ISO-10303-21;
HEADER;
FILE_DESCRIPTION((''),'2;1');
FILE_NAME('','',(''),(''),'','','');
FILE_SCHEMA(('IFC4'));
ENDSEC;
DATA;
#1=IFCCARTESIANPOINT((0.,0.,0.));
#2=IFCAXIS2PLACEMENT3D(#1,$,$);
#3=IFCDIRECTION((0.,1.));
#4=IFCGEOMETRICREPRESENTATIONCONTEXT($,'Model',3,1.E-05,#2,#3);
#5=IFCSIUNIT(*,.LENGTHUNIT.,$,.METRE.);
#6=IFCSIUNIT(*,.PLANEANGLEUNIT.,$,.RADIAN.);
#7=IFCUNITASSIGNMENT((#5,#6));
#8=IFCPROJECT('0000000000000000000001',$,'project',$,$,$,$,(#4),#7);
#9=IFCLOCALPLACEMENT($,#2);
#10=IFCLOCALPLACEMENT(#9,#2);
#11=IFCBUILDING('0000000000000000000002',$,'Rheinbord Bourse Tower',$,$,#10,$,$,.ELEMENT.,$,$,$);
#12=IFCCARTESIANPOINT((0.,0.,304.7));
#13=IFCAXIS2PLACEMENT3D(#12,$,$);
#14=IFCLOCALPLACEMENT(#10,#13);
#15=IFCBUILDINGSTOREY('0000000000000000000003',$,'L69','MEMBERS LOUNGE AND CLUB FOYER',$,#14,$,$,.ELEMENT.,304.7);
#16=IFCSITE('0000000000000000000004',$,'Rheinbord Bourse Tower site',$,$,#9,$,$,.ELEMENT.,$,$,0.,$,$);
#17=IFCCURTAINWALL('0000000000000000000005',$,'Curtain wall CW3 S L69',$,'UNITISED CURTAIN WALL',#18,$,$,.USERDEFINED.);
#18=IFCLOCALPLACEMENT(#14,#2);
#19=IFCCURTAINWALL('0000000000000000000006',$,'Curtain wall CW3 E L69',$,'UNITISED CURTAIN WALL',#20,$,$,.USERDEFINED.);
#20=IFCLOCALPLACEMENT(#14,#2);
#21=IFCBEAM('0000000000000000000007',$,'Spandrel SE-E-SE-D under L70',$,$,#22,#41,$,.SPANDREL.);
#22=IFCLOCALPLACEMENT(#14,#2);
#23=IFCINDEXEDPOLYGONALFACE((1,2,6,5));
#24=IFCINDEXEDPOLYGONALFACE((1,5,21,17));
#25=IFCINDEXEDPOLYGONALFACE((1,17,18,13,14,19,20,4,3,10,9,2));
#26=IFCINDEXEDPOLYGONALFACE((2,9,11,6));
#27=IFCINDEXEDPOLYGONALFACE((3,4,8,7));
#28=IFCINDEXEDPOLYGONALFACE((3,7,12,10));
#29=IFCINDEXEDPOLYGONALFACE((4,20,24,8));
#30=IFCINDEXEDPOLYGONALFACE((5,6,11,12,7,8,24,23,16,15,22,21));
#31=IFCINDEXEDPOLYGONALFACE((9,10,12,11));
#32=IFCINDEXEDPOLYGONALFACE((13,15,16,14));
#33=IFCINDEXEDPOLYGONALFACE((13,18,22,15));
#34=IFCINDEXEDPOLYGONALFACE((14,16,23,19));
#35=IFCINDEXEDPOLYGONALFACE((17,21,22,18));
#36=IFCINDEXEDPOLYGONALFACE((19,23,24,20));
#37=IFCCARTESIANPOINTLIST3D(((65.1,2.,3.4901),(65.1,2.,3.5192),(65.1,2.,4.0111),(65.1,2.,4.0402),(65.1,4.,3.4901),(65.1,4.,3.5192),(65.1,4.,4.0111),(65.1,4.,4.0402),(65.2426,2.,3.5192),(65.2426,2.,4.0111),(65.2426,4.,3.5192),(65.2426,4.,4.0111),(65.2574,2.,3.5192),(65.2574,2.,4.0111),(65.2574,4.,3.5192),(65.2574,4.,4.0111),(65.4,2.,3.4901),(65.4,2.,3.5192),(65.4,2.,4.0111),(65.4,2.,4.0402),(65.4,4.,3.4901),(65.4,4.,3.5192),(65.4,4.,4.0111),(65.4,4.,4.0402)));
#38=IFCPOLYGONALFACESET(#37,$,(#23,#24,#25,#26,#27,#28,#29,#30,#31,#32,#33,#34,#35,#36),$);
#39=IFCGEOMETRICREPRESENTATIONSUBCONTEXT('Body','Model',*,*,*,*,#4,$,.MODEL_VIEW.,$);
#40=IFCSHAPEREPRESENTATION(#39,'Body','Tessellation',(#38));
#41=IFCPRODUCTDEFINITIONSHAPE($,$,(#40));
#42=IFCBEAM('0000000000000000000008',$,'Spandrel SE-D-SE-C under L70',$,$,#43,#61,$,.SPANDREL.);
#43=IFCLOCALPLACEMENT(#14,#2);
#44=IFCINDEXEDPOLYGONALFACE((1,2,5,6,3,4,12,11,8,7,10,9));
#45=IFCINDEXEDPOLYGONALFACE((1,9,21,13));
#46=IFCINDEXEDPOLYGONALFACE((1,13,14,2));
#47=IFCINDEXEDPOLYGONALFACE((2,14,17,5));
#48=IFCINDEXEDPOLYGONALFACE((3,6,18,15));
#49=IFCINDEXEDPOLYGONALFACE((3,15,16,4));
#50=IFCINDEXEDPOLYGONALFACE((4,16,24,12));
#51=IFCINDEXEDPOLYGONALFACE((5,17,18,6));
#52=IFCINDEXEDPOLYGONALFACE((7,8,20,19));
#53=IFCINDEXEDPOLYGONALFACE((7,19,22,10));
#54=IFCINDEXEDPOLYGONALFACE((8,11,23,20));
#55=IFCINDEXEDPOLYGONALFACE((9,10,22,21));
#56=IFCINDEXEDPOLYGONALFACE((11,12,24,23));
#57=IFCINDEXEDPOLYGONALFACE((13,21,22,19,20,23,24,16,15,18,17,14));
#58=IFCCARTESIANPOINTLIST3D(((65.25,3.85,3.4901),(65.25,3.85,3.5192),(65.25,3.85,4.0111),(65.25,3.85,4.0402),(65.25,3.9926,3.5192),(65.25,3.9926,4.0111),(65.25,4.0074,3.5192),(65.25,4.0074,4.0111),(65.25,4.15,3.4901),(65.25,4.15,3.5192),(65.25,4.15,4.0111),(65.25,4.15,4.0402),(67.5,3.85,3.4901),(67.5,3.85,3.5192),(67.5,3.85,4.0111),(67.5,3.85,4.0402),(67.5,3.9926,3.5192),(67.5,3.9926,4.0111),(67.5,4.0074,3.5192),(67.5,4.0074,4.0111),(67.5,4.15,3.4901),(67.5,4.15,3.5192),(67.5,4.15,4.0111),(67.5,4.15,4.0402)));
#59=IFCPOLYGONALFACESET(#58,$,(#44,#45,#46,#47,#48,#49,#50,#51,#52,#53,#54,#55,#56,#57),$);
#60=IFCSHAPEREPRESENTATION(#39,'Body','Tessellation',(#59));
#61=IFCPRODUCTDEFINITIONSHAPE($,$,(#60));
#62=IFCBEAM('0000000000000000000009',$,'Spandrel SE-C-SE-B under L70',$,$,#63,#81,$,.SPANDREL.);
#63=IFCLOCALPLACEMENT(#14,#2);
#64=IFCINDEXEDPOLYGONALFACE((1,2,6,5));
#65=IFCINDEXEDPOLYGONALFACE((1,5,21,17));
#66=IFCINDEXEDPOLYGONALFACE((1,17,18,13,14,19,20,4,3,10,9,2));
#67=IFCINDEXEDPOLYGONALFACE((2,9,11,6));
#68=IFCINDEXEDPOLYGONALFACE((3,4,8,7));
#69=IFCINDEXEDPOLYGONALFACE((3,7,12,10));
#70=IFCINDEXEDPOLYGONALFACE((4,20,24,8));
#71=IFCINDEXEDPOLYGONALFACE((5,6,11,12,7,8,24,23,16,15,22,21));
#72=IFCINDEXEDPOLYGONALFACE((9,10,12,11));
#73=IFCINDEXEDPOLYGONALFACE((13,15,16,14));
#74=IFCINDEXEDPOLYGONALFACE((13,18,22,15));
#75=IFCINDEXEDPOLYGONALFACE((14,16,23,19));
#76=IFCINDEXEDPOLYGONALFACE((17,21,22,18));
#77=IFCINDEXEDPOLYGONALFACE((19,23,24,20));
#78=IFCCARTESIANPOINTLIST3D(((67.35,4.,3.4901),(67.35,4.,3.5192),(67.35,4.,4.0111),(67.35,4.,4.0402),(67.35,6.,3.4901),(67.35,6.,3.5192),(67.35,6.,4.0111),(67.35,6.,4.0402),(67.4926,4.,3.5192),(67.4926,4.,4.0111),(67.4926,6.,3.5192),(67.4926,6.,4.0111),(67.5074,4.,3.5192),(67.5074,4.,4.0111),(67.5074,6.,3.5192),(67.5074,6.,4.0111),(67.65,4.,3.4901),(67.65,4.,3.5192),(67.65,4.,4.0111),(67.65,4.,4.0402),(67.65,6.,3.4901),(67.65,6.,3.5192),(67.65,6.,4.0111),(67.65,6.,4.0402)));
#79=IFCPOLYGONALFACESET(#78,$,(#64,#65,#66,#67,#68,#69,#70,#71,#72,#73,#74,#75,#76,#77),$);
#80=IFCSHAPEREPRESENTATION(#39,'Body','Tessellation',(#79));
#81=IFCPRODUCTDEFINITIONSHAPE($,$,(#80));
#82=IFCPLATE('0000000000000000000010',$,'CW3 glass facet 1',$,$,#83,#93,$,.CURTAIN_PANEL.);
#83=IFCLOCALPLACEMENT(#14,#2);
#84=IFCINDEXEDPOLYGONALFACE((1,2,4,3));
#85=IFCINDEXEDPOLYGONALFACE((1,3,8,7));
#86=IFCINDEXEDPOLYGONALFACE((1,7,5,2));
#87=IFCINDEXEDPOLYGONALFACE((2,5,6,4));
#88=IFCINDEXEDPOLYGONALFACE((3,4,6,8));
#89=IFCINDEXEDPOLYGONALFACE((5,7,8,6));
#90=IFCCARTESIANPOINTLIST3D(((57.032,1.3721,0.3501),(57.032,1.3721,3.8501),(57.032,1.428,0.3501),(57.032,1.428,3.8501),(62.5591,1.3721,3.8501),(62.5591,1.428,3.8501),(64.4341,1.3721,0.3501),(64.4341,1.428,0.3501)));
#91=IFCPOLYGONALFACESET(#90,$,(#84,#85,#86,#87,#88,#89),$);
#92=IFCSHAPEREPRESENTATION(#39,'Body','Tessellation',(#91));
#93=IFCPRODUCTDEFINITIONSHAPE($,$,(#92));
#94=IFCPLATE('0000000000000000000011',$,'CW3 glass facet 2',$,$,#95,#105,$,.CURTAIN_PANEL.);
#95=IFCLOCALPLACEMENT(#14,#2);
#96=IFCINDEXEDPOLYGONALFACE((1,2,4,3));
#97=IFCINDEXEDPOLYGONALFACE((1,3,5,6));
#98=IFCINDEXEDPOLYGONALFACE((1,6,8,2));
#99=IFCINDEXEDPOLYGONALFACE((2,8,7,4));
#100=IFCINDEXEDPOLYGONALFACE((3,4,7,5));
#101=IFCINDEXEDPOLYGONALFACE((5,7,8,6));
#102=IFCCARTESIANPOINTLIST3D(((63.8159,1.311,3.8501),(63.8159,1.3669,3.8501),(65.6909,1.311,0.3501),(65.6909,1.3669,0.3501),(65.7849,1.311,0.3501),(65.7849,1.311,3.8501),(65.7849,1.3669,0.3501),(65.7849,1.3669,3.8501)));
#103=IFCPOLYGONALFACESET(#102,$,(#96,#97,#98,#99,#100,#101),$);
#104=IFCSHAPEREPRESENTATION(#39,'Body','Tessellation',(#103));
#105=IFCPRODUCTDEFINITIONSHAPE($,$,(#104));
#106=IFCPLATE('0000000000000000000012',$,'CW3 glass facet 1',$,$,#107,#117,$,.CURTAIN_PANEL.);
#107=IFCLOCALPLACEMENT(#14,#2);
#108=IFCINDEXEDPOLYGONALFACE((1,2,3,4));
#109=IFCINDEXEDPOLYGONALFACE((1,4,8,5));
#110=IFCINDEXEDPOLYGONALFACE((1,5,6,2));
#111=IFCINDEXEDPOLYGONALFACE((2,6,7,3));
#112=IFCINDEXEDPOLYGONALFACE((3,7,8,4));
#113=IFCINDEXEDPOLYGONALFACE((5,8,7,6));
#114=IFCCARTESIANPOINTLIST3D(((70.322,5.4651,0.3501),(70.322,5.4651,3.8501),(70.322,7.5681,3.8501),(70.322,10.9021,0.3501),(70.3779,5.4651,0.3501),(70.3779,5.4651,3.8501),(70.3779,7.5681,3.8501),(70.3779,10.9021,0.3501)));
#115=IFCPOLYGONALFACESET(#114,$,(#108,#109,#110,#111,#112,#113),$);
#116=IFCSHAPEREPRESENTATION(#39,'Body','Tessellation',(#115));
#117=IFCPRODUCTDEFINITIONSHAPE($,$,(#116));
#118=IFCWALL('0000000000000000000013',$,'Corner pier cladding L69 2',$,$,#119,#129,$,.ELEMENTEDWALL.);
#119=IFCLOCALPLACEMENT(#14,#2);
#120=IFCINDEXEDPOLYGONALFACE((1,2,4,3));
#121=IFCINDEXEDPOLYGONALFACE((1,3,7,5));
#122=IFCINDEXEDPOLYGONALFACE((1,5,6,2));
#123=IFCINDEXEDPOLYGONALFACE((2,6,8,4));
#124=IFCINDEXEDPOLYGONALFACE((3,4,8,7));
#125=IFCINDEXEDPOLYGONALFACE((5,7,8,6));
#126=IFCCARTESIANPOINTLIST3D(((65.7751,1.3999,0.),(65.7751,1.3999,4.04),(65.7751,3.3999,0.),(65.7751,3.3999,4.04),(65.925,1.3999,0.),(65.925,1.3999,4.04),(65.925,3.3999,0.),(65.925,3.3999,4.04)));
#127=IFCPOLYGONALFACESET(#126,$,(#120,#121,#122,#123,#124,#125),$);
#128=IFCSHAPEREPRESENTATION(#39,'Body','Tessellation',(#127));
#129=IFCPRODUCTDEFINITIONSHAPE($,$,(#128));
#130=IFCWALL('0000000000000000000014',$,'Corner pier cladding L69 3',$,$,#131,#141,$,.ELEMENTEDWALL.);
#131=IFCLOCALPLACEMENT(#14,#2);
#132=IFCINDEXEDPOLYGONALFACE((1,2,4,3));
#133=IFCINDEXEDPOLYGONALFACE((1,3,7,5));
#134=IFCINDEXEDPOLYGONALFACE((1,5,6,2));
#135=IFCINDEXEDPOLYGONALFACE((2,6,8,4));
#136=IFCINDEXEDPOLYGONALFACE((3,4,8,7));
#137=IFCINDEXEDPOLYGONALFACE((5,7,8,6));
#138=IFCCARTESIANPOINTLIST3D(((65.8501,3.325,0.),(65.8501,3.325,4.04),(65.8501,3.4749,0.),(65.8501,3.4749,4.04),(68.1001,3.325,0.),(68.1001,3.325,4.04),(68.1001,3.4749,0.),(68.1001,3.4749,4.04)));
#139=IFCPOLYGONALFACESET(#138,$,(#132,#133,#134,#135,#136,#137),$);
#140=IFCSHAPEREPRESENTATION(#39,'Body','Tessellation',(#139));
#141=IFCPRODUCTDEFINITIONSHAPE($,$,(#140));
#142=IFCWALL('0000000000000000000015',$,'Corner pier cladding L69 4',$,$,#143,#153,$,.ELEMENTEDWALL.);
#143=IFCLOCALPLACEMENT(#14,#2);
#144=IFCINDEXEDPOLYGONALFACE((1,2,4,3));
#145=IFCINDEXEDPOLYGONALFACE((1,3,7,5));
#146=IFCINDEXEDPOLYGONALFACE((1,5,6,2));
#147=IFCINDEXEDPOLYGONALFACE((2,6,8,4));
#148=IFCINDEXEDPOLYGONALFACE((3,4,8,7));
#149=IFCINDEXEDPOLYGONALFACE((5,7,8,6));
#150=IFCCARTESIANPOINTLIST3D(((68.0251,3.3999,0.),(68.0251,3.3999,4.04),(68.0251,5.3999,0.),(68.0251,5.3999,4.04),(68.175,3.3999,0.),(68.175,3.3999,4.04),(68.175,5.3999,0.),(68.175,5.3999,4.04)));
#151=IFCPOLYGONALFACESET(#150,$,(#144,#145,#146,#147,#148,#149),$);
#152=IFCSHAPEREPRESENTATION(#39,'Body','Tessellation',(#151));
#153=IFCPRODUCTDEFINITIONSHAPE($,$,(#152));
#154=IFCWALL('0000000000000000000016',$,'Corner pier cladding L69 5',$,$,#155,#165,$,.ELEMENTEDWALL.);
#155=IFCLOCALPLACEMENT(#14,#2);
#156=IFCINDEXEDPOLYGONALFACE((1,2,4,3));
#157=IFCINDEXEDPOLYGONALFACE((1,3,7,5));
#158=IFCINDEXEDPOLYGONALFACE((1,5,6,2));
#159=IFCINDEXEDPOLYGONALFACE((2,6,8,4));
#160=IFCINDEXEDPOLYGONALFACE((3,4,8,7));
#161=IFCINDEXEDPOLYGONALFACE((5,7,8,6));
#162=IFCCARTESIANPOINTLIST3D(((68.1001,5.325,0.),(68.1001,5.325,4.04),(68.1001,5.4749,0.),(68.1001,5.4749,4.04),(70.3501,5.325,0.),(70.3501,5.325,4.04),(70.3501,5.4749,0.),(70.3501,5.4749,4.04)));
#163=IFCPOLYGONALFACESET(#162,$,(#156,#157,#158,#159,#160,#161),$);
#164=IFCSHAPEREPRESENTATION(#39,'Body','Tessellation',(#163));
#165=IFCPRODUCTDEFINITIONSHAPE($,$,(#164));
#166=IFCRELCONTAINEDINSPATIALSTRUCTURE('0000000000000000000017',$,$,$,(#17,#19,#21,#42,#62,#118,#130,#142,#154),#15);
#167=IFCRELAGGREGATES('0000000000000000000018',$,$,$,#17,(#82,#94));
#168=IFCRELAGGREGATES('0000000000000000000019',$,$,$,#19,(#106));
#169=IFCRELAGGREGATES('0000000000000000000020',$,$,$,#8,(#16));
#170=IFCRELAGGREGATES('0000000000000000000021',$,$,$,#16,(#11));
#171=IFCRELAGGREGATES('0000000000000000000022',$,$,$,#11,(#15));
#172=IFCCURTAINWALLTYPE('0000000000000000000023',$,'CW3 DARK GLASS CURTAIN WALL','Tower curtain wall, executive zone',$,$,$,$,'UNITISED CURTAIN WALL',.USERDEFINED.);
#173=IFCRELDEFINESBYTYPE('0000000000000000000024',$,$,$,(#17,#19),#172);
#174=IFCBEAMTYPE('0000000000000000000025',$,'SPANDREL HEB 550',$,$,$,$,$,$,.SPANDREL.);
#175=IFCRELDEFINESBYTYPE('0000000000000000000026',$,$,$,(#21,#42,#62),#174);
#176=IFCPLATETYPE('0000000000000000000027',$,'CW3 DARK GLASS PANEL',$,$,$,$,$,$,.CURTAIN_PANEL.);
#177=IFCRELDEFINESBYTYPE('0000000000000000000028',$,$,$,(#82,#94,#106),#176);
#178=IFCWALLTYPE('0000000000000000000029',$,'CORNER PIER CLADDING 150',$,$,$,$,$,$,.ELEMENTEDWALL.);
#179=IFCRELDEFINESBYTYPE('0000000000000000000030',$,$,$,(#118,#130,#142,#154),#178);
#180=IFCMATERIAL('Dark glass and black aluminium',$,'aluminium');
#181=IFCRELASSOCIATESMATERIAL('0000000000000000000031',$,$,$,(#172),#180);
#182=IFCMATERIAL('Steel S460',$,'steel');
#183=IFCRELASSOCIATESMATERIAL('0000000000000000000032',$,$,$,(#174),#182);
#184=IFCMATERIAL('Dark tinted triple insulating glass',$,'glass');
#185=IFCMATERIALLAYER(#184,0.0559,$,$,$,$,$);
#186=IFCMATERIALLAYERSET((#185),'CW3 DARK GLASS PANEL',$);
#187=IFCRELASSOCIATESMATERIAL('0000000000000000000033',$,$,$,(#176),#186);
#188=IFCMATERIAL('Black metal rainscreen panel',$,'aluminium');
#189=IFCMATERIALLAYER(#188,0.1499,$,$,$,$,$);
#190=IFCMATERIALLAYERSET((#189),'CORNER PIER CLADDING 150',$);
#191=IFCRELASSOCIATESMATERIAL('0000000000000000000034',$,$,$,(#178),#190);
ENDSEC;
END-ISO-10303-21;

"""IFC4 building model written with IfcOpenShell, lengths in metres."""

from ifc_helpers import new_model, si_unit, direction, frame, frame_2d, origin, origin_2d, place, context, subcontext, project, spatial, polyline, rectangle, i_section, outline, extrude, material, layer, layer_set, material_profile, profile_set, type_object, element, aggregate, save


model = new_model("IFC4")

# Units and contexts
model_context = context("Model", 3, precision=1e-05, world=origin(), true_north=direction((0.0, 1.0)))
body_context = subcontext(model_context, "Body", "Model", "MODEL_VIEW")
ifc_project = project(units=[si_unit("LENGTHUNIT", "METRE"), si_unit("PLANEANGLEUNIT", "RADIAN")], contexts=[model_context])

# Site, building, storey
site_placement = place(None, origin())
site = spatial("IfcSite", under=ifc_project, at=site_placement, Name="Rheinbord Bourse Tower site", CompositionType="ELEMENT", RefElevation=0.0)
building_placement = place(site_placement, origin())
building = spatial("IfcBuilding", under=site, at=building_placement, Name="Rheinbord Bourse Tower", CompositionType="ELEMENT")
storey_placement = place(building_placement, frame((0.0, 0.0, 304.7)))
storey = spatial("IfcBuildingStorey", under=building, at=storey_placement, Name="L69", Description="MEMBERS LOUNGE AND CLUB FOYER", CompositionType="ELEMENT", Elevation=304.7)

# Curtain wall
ifc_material_1 = material(Name="Dark glass and black aluminium", Category="aluminium")
curtain_wall_type = type_object("IfcCurtainWallType", Name="CW3 DARK GLASS CURTAIN WALL", Description="Tower curtain wall, executive zone", ElementType="UNITISED CURTAIN WALL", PredefinedType="USERDEFINED", material=ifc_material_1)
curtain_wall_1_placement = place(storey_placement, origin())
curtain_wall_1 = element("IfcCurtainWall", 1, at=curtain_wall_1_placement, inside=storey, type_object=curtain_wall_type, Name="Curtain wall CW3 S L69", ObjectType="UNITISED CURTAIN WALL", PredefinedType="USERDEFINED")

# Curtain wall
curtain_wall_2_placement = place(storey_placement, origin())
curtain_wall_2 = element("IfcCurtainWall", 2, at=curtain_wall_2_placement, inside=storey, type_object=curtain_wall_type, Name="Curtain wall CW3 E L69", ObjectType="UNITISED CURTAIN WALL", PredefinedType="USERDEFINED")

# Beams
ifc_material_2 = material(Name="Steel S460", Category="steel")
ifc_material_profile_1 = material_profile(ifc_material_2, i_section(OverallWidth=0.3, OverallDepth=0.55, WebThickness=0.0149, FlangeThickness=0.0291, at=origin_2d()), Name="HEB 550")
ifc_profile_set_1 = profile_set([ifc_material_profile_1], Name="Steel S460")
beam_type_1 = type_object("IfcBeamType", Name="SPANDREL HEB 550", PredefinedType="SPANDREL", material=ifc_profile_set_1)
beam_1_placement = place(storey_placement, frame((65.25, 2.0, 3.7651), z_axis=(0.0, 1.0, 0.0), x_axis=(-1.0, 0.0, 0.0)))
element("IfcBeam", 3, at=beam_1_placement, inside=storey, type_object=beam_type_1, Name="Spandrel SE-E-SE-D under L70", PredefinedType="SPANDREL", context=body_context, shape_type="SweptSolid", body=[
    extrude(i_section(OverallWidth=0.3, OverallDepth=0.55, WebThickness=0.0149, FlangeThickness=0.0291, at=origin_2d()), origin(), (0.0, 0.0, 1.0), 2.0),
])
beam_2_placement = place(storey_placement, frame((65.25, 4.0, 3.7651), z_axis=(1.0, 0.0, 0.0), x_axis=(0.0, 1.0, 0.0)))
element("IfcBeam", 4, at=beam_2_placement, inside=storey, type_object=beam_type_1, Name="Spandrel SE-D-SE-C under L70", PredefinedType="SPANDREL", context=body_context, shape_type="SweptSolid", body=[
    extrude(i_section(OverallWidth=0.3, OverallDepth=0.55, WebThickness=0.0149, FlangeThickness=0.0291, at=origin_2d()), origin(), (0.0, 0.0, 1.0), 2.25),
])
beam_3_placement = place(storey_placement, frame((67.5, 4.0, 3.7651), z_axis=(0.0, 1.0, 0.0), x_axis=(-1.0, 0.0, 0.0)))
element("IfcBeam", 5, at=beam_3_placement, inside=storey, type_object=beam_type_1, Name="Spandrel SE-C-SE-B under L70", PredefinedType="SPANDREL", context=body_context, shape_type="SweptSolid", body=[
    extrude(i_section(OverallWidth=0.3, OverallDepth=0.55, WebThickness=0.0149, FlangeThickness=0.0291, at=origin_2d()), origin(), (0.0, 0.0, 1.0), 2.0),
])

# Plates
ifc_material_3 = material(Name="Dark tinted triple insulating glass", Category="glass")
ifc_layer_1 = layer(ifc_material_3, 0.0559)
ifc_layer_set_1 = layer_set([ifc_layer_1], Name="CW3 DARK GLASS PANEL")
plate_type = type_object("IfcPlateType", Name="CW3 DARK GLASS PANEL", PredefinedType="CURTAIN_PANEL", material=ifc_layer_set_1)
plate_1_placement = place(storey_placement, frame((57.032, 1.3721, 0.3501), z_axis=(0.0, 1.0, 0.0), x_axis=(0.0, 0.0, 1.0)))
plate_1 = element("IfcPlate", 6, at=plate_1_placement, type_object=plate_type, Name="CW3 glass facet 1", PredefinedType="CURTAIN_PANEL", context=body_context, shape_type="SweptSolid", body=[
    extrude(outline(polyline([(0.0, 0.0), (3.5, 0.0), (3.5, 5.5271), (0.0, 7.4021), (0.0, 0.0)])), origin(), (0.0, 0.0, 1.0), 0.0559),
])
plate_2_placement = place(storey_placement, frame((65.7849, 1.311, 3.8501), z_axis=(0.0, 1.0, 0.0), x_axis=(0.0, 0.0, -1.0)))
plate_2 = element("IfcPlate", 7, at=plate_2_placement, type_object=plate_type, Name="CW3 glass facet 2", PredefinedType="CURTAIN_PANEL", context=body_context, shape_type="SweptSolid", body=[
    extrude(outline(polyline([(0.0, 0.0), (3.5, 0.0), (3.5, 0.094), (0.0, 1.969), (0.0, 0.0)])), origin(), (0.0, 0.0, 1.0), 0.0559),
])
aggregate(curtain_wall_1, [plate_1, plate_2])
plate_3_placement = place(storey_placement, frame((70.3779, 5.4651, 0.3501), z_axis=(-1.0, 0.0, 0.0), x_axis=(0.0, 0.0, 1.0)))
plate_3 = element("IfcPlate", 8, at=plate_3_placement, type_object=plate_type, Name="CW3 glass facet 1", PredefinedType="CURTAIN_PANEL", context=body_context, shape_type="SweptSolid", body=[
    extrude(outline(polyline([(0.0, 0.0), (3.5, 0.0), (3.5, 2.103), (0.0, 5.437), (0.0, 0.0)])), origin(), (0.0, 0.0, 1.0), 0.0559),
])
aggregate(curtain_wall_2, [plate_3])

# Walls
ifc_material_4 = material(Name="Black metal rainscreen panel", Category="aluminium")
ifc_layer_2 = layer(ifc_material_4, 0.1499)
ifc_layer_set_2 = layer_set([ifc_layer_2], Name="CORNER PIER CLADDING 150")
wall_type = type_object("IfcWallType", Name="CORNER PIER CLADDING 150", PredefinedType="ELEMENTEDWALL", material=ifc_layer_set_2)
wall_1_placement = place(storey_placement, frame((65.8501, 1.3999, 0.0), z_axis=(0.0, 0.0, 1.0), x_axis=(0.0, 1.0, 0.0)))
element("IfcWall", 9, at=wall_1_placement, inside=storey, type_object=wall_type, Name="Corner pier cladding L69 2", PredefinedType="ELEMENTEDWALL", context=body_context, shape_type="SweptSolid", body=[
    extrude(rectangle(XDim=2.0, YDim=0.1499, at=frame_2d((1.0, 0.0))), origin(), (0.0, 0.0, 1.0), 4.04),
])
wall_2_placement = place(storey_placement, frame((65.8501, 3.3999, 0.0), z_axis=(0.0, 0.0, 1.0), x_axis=(1.0, 0.0, 0.0)))
element("IfcWall", 10, at=wall_2_placement, inside=storey, type_object=wall_type, Name="Corner pier cladding L69 3", PredefinedType="ELEMENTEDWALL", context=body_context, shape_type="SweptSolid", body=[
    extrude(rectangle(XDim=2.25, YDim=0.1499, at=frame_2d((1.125, 0.0))), origin(), (0.0, 0.0, 1.0), 4.04),
])
wall_3_placement = place(storey_placement, frame((68.1001, 3.3999, 0.0), z_axis=(0.0, 0.0, 1.0), x_axis=(0.0, 1.0, 0.0)))
element("IfcWall", 11, at=wall_3_placement, inside=storey, type_object=wall_type, Name="Corner pier cladding L69 4", PredefinedType="ELEMENTEDWALL", context=body_context, shape_type="SweptSolid", body=[
    extrude(rectangle(XDim=2.0, YDim=0.1499, at=frame_2d((1.0, 0.0))), origin(), (0.0, 0.0, 1.0), 4.04),
])
wall_4_placement = place(storey_placement, frame((68.1001, 5.3999, 0.0), z_axis=(0.0, 0.0, 1.0), x_axis=(1.0, 0.0, 0.0)))
element("IfcWall", 12, at=wall_4_placement, inside=storey, type_object=wall_type, Name="Corner pier cladding L69 5", PredefinedType="ELEMENTEDWALL", context=body_context, shape_type="SweptSolid", body=[
    extrude(rectangle(XDim=2.25, YDim=0.1499, at=frame_2d((1.125, 0.0))), origin(), (0.0, 0.0, 1.0), 4.04),
])

save(model, "model.ifc")
